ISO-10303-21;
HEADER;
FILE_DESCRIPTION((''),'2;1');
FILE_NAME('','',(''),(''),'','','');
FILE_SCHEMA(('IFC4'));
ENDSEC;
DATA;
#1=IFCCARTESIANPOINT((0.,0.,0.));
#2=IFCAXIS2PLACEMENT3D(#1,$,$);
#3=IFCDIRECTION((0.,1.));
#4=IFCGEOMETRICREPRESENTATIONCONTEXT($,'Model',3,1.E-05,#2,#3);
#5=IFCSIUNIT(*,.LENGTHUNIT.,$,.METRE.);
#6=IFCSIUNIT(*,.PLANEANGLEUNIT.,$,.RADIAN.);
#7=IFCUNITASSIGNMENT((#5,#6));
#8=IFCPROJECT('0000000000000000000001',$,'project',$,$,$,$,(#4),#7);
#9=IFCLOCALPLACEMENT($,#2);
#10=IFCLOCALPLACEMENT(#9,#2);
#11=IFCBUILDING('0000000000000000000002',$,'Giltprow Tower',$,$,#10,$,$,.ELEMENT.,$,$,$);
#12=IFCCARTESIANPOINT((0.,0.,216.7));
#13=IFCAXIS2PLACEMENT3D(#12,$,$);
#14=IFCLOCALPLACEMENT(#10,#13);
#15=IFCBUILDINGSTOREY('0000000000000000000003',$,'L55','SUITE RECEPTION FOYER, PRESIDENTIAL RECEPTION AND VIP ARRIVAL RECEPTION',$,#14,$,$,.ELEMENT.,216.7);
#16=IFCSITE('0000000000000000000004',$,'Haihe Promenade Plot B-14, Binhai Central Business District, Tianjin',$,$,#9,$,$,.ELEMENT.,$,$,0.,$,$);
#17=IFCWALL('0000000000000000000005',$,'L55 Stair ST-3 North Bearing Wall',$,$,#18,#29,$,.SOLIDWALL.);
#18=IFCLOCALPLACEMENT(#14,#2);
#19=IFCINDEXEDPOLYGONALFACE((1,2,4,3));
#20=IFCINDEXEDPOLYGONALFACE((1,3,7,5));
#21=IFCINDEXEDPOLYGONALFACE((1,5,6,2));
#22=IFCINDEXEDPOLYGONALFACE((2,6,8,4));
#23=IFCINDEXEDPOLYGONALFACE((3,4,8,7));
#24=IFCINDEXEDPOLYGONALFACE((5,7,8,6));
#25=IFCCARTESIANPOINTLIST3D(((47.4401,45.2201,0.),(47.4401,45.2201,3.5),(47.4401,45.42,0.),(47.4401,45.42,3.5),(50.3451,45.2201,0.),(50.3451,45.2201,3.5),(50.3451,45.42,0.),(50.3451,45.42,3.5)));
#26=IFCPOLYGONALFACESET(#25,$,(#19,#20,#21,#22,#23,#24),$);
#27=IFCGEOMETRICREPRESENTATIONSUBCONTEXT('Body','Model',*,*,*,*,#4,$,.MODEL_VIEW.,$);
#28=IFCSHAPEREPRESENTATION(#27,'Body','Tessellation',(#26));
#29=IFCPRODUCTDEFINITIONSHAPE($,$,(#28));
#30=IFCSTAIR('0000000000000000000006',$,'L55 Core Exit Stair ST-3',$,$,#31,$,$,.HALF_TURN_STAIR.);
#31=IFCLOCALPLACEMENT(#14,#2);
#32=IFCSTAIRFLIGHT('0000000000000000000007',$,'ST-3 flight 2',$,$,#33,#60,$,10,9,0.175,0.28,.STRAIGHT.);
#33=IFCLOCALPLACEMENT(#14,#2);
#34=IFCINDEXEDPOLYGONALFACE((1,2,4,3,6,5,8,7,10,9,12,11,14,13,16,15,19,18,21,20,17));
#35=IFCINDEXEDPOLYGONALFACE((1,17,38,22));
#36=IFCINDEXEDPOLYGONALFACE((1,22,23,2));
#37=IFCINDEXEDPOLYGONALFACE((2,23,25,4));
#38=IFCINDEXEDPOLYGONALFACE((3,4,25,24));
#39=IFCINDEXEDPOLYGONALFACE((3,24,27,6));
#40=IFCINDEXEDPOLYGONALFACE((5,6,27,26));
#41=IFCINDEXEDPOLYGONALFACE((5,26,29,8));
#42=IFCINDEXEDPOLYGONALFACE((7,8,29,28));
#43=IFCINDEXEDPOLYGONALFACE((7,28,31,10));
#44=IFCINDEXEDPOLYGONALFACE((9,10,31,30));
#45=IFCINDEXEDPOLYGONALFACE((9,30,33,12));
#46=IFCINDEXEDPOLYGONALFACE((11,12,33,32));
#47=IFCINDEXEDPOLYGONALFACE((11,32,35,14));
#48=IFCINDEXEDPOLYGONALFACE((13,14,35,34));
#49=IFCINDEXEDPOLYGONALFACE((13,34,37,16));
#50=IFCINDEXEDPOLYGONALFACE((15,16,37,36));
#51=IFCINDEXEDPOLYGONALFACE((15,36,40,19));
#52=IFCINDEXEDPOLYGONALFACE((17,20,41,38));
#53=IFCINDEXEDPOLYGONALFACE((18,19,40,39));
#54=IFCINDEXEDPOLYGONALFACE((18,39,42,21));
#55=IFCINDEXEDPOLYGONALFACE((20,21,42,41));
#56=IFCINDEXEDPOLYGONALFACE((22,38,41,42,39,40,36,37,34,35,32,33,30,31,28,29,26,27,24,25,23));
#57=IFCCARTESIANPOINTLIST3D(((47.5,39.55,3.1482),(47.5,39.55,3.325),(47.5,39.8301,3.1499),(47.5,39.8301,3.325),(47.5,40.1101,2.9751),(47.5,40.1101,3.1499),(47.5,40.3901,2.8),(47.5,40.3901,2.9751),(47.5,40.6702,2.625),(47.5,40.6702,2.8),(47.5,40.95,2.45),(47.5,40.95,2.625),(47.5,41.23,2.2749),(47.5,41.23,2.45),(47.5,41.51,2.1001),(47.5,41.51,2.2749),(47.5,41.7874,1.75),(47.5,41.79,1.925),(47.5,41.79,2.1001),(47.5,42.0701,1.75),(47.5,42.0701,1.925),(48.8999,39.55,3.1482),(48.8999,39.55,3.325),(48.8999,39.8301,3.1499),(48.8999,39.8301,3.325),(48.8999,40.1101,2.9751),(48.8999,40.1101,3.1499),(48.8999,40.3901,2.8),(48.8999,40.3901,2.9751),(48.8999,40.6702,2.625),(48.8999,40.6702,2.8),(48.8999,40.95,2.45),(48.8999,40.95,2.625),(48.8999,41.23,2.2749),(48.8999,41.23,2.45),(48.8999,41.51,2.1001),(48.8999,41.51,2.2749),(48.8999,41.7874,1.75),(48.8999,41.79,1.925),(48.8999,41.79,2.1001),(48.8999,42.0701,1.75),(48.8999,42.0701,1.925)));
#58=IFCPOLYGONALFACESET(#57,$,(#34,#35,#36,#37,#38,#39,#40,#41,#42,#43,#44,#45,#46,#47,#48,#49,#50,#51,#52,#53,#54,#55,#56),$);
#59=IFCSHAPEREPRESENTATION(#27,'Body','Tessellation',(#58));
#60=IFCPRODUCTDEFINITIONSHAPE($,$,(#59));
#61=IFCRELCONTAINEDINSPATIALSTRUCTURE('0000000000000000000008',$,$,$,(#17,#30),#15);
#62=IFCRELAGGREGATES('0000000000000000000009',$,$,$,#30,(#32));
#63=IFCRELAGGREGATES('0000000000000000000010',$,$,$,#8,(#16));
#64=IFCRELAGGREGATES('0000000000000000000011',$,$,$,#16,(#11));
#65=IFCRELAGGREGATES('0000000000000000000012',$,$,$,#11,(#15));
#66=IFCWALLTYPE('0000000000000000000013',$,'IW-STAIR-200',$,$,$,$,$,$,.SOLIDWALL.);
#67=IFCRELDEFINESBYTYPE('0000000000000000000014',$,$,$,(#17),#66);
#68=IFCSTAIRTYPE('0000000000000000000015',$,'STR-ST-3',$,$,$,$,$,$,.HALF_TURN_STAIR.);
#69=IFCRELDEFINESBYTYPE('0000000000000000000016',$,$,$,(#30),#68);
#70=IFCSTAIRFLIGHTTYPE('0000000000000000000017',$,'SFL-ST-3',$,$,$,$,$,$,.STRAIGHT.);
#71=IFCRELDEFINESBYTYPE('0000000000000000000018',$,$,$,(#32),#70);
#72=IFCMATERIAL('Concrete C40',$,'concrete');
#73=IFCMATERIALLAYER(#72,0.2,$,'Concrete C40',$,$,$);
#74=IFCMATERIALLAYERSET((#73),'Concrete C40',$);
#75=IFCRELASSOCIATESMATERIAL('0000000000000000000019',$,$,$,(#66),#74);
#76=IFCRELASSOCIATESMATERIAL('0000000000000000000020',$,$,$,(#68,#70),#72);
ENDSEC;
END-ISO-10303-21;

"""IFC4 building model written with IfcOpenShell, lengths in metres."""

from ifc_helpers import new_model, si_unit, direction, frame, frame_2d, origin, place, context, subcontext, project, spatial, polyline, rectangle, outline, extrude, material, layer, layer_set, type_object, element, aggregate, save


model = new_model("IFC4")

# Units and contexts
model_context = context("Model", 3, precision=1e-05, world=origin(), true_north=direction((0.0, 1.0)))
body_context = subcontext(model_context, "Body", "Model", "MODEL_VIEW")
ifc_project = project(units=[si_unit("LENGTHUNIT", "METRE"), si_unit("PLANEANGLEUNIT", "RADIAN")], contexts=[model_context])

# Site, building, storey
site_placement = place(None, origin())
site = spatial("IfcSite", under=ifc_project, at=site_placement, Name="Haihe Promenade Plot B-14, Binhai Central Business District, Tianjin", CompositionType="ELEMENT", RefElevation=0.0)
building_placement = place(site_placement, origin())
building = spatial("IfcBuilding", under=site, at=building_placement, Name="Giltprow Tower", CompositionType="ELEMENT")
storey_placement = place(building_placement, frame((0.0, 0.0, 216.7)))
storey = spatial("IfcBuildingStorey", under=building, at=storey_placement, Name="L55", Description="SUITE RECEPTION FOYER, PRESIDENTIAL RECEPTION AND VIP ARRIVAL RECEPTION", CompositionType="ELEMENT", Elevation=216.7)

# Wall
ifc_material_1 = material(Name="Concrete C40", Category="concrete")
ifc_layer_1 = layer(ifc_material_1, 0.2, Name="Concrete C40")
ifc_layer_set_1 = layer_set([ifc_layer_1], Name="Concrete C40")
wall_type_1 = type_object("IfcWallType", Name="IW-STAIR-200", PredefinedType="SOLIDWALL", material=ifc_layer_set_1)
wall_1_placement = place(storey_placement, frame((47.4399, 45.3201, 0.0), z_axis=(0.0, 0.0, 1.0), x_axis=(1.0, 0.0, 0.0)))
element("IfcWall", 1, at=wall_1_placement, inside=storey, type_object=wall_type_1, Name="L55 Stair ST-3 North Bearing Wall", PredefinedType="SOLIDWALL", context=body_context, shape_type="SweptSolid", body=[
    extrude(rectangle(XDim=2.905, YDim=0.2, at=frame_2d((1.4526, 0.0))), origin(), (0.0, 0.0, 1.0), 3.5),
])

# Stair, stair flight
stair_type = type_object("IfcStairType", Name="STR-ST-3", PredefinedType="HALF_TURN_STAIR", material=ifc_material_1)
stair_placement = place(storey_placement, origin())
stair = element("IfcStair", 2, at=stair_placement, inside=storey, type_object=stair_type, Name="L55 Core Exit Stair ST-3", PredefinedType="HALF_TURN_STAIR")
stair_flight_type = type_object("IfcStairFlightType", Name="SFL-ST-3", PredefinedType="STRAIGHT", material=ifc_material_1)
stair_flight_placement = place(storey_placement, frame((48.2, 42.0701, 1.75), z_axis=(0.0, 0.0, 1.0), x_axis=(0.0, -1.0, 0.0)))
stair_flight = element("IfcStairFlight", 3, at=stair_flight_placement, type_object=stair_flight_type, Name="ST-3 flight 2", NumberOfRisers=10, NumberOfTreads=9, PredefinedType="STRAIGHT", RiserHeight=0.175, TreadLength=0.28, context=body_context, shape_type="SweptSolid", body=[
    extrude(outline(polyline([(0.0, 0.0), (0.0, 0.175), (0.28, 0.175), (0.28, 0.3501), (0.5601, 0.3501), (0.5601, 0.5249), (0.8401, 0.5249), (0.8401, 0.7), (1.1201, 0.7), (1.1201, 0.875), (1.3999, 0.875), (1.3999, 1.05), (1.6799, 1.05), (1.6799, 1.2251), (1.96, 1.2251), (1.96, 1.3999), (2.24, 1.3999), (2.24, 1.575), (2.52, 1.575), (2.52, 1.75), (2.52, 1.3982), (0.2827, 0.0), (0.0, 0.0)])), frame((0.0, 0.7, 0.0), z_axis=(0.0, -1.0, 0.0), x_axis=(1.0, 0.0, 0.0)), (0.0, 0.0, 1.0), 1.3999),
])
aggregate(stair, [stair_flight])

save(model, "model.ifc")
